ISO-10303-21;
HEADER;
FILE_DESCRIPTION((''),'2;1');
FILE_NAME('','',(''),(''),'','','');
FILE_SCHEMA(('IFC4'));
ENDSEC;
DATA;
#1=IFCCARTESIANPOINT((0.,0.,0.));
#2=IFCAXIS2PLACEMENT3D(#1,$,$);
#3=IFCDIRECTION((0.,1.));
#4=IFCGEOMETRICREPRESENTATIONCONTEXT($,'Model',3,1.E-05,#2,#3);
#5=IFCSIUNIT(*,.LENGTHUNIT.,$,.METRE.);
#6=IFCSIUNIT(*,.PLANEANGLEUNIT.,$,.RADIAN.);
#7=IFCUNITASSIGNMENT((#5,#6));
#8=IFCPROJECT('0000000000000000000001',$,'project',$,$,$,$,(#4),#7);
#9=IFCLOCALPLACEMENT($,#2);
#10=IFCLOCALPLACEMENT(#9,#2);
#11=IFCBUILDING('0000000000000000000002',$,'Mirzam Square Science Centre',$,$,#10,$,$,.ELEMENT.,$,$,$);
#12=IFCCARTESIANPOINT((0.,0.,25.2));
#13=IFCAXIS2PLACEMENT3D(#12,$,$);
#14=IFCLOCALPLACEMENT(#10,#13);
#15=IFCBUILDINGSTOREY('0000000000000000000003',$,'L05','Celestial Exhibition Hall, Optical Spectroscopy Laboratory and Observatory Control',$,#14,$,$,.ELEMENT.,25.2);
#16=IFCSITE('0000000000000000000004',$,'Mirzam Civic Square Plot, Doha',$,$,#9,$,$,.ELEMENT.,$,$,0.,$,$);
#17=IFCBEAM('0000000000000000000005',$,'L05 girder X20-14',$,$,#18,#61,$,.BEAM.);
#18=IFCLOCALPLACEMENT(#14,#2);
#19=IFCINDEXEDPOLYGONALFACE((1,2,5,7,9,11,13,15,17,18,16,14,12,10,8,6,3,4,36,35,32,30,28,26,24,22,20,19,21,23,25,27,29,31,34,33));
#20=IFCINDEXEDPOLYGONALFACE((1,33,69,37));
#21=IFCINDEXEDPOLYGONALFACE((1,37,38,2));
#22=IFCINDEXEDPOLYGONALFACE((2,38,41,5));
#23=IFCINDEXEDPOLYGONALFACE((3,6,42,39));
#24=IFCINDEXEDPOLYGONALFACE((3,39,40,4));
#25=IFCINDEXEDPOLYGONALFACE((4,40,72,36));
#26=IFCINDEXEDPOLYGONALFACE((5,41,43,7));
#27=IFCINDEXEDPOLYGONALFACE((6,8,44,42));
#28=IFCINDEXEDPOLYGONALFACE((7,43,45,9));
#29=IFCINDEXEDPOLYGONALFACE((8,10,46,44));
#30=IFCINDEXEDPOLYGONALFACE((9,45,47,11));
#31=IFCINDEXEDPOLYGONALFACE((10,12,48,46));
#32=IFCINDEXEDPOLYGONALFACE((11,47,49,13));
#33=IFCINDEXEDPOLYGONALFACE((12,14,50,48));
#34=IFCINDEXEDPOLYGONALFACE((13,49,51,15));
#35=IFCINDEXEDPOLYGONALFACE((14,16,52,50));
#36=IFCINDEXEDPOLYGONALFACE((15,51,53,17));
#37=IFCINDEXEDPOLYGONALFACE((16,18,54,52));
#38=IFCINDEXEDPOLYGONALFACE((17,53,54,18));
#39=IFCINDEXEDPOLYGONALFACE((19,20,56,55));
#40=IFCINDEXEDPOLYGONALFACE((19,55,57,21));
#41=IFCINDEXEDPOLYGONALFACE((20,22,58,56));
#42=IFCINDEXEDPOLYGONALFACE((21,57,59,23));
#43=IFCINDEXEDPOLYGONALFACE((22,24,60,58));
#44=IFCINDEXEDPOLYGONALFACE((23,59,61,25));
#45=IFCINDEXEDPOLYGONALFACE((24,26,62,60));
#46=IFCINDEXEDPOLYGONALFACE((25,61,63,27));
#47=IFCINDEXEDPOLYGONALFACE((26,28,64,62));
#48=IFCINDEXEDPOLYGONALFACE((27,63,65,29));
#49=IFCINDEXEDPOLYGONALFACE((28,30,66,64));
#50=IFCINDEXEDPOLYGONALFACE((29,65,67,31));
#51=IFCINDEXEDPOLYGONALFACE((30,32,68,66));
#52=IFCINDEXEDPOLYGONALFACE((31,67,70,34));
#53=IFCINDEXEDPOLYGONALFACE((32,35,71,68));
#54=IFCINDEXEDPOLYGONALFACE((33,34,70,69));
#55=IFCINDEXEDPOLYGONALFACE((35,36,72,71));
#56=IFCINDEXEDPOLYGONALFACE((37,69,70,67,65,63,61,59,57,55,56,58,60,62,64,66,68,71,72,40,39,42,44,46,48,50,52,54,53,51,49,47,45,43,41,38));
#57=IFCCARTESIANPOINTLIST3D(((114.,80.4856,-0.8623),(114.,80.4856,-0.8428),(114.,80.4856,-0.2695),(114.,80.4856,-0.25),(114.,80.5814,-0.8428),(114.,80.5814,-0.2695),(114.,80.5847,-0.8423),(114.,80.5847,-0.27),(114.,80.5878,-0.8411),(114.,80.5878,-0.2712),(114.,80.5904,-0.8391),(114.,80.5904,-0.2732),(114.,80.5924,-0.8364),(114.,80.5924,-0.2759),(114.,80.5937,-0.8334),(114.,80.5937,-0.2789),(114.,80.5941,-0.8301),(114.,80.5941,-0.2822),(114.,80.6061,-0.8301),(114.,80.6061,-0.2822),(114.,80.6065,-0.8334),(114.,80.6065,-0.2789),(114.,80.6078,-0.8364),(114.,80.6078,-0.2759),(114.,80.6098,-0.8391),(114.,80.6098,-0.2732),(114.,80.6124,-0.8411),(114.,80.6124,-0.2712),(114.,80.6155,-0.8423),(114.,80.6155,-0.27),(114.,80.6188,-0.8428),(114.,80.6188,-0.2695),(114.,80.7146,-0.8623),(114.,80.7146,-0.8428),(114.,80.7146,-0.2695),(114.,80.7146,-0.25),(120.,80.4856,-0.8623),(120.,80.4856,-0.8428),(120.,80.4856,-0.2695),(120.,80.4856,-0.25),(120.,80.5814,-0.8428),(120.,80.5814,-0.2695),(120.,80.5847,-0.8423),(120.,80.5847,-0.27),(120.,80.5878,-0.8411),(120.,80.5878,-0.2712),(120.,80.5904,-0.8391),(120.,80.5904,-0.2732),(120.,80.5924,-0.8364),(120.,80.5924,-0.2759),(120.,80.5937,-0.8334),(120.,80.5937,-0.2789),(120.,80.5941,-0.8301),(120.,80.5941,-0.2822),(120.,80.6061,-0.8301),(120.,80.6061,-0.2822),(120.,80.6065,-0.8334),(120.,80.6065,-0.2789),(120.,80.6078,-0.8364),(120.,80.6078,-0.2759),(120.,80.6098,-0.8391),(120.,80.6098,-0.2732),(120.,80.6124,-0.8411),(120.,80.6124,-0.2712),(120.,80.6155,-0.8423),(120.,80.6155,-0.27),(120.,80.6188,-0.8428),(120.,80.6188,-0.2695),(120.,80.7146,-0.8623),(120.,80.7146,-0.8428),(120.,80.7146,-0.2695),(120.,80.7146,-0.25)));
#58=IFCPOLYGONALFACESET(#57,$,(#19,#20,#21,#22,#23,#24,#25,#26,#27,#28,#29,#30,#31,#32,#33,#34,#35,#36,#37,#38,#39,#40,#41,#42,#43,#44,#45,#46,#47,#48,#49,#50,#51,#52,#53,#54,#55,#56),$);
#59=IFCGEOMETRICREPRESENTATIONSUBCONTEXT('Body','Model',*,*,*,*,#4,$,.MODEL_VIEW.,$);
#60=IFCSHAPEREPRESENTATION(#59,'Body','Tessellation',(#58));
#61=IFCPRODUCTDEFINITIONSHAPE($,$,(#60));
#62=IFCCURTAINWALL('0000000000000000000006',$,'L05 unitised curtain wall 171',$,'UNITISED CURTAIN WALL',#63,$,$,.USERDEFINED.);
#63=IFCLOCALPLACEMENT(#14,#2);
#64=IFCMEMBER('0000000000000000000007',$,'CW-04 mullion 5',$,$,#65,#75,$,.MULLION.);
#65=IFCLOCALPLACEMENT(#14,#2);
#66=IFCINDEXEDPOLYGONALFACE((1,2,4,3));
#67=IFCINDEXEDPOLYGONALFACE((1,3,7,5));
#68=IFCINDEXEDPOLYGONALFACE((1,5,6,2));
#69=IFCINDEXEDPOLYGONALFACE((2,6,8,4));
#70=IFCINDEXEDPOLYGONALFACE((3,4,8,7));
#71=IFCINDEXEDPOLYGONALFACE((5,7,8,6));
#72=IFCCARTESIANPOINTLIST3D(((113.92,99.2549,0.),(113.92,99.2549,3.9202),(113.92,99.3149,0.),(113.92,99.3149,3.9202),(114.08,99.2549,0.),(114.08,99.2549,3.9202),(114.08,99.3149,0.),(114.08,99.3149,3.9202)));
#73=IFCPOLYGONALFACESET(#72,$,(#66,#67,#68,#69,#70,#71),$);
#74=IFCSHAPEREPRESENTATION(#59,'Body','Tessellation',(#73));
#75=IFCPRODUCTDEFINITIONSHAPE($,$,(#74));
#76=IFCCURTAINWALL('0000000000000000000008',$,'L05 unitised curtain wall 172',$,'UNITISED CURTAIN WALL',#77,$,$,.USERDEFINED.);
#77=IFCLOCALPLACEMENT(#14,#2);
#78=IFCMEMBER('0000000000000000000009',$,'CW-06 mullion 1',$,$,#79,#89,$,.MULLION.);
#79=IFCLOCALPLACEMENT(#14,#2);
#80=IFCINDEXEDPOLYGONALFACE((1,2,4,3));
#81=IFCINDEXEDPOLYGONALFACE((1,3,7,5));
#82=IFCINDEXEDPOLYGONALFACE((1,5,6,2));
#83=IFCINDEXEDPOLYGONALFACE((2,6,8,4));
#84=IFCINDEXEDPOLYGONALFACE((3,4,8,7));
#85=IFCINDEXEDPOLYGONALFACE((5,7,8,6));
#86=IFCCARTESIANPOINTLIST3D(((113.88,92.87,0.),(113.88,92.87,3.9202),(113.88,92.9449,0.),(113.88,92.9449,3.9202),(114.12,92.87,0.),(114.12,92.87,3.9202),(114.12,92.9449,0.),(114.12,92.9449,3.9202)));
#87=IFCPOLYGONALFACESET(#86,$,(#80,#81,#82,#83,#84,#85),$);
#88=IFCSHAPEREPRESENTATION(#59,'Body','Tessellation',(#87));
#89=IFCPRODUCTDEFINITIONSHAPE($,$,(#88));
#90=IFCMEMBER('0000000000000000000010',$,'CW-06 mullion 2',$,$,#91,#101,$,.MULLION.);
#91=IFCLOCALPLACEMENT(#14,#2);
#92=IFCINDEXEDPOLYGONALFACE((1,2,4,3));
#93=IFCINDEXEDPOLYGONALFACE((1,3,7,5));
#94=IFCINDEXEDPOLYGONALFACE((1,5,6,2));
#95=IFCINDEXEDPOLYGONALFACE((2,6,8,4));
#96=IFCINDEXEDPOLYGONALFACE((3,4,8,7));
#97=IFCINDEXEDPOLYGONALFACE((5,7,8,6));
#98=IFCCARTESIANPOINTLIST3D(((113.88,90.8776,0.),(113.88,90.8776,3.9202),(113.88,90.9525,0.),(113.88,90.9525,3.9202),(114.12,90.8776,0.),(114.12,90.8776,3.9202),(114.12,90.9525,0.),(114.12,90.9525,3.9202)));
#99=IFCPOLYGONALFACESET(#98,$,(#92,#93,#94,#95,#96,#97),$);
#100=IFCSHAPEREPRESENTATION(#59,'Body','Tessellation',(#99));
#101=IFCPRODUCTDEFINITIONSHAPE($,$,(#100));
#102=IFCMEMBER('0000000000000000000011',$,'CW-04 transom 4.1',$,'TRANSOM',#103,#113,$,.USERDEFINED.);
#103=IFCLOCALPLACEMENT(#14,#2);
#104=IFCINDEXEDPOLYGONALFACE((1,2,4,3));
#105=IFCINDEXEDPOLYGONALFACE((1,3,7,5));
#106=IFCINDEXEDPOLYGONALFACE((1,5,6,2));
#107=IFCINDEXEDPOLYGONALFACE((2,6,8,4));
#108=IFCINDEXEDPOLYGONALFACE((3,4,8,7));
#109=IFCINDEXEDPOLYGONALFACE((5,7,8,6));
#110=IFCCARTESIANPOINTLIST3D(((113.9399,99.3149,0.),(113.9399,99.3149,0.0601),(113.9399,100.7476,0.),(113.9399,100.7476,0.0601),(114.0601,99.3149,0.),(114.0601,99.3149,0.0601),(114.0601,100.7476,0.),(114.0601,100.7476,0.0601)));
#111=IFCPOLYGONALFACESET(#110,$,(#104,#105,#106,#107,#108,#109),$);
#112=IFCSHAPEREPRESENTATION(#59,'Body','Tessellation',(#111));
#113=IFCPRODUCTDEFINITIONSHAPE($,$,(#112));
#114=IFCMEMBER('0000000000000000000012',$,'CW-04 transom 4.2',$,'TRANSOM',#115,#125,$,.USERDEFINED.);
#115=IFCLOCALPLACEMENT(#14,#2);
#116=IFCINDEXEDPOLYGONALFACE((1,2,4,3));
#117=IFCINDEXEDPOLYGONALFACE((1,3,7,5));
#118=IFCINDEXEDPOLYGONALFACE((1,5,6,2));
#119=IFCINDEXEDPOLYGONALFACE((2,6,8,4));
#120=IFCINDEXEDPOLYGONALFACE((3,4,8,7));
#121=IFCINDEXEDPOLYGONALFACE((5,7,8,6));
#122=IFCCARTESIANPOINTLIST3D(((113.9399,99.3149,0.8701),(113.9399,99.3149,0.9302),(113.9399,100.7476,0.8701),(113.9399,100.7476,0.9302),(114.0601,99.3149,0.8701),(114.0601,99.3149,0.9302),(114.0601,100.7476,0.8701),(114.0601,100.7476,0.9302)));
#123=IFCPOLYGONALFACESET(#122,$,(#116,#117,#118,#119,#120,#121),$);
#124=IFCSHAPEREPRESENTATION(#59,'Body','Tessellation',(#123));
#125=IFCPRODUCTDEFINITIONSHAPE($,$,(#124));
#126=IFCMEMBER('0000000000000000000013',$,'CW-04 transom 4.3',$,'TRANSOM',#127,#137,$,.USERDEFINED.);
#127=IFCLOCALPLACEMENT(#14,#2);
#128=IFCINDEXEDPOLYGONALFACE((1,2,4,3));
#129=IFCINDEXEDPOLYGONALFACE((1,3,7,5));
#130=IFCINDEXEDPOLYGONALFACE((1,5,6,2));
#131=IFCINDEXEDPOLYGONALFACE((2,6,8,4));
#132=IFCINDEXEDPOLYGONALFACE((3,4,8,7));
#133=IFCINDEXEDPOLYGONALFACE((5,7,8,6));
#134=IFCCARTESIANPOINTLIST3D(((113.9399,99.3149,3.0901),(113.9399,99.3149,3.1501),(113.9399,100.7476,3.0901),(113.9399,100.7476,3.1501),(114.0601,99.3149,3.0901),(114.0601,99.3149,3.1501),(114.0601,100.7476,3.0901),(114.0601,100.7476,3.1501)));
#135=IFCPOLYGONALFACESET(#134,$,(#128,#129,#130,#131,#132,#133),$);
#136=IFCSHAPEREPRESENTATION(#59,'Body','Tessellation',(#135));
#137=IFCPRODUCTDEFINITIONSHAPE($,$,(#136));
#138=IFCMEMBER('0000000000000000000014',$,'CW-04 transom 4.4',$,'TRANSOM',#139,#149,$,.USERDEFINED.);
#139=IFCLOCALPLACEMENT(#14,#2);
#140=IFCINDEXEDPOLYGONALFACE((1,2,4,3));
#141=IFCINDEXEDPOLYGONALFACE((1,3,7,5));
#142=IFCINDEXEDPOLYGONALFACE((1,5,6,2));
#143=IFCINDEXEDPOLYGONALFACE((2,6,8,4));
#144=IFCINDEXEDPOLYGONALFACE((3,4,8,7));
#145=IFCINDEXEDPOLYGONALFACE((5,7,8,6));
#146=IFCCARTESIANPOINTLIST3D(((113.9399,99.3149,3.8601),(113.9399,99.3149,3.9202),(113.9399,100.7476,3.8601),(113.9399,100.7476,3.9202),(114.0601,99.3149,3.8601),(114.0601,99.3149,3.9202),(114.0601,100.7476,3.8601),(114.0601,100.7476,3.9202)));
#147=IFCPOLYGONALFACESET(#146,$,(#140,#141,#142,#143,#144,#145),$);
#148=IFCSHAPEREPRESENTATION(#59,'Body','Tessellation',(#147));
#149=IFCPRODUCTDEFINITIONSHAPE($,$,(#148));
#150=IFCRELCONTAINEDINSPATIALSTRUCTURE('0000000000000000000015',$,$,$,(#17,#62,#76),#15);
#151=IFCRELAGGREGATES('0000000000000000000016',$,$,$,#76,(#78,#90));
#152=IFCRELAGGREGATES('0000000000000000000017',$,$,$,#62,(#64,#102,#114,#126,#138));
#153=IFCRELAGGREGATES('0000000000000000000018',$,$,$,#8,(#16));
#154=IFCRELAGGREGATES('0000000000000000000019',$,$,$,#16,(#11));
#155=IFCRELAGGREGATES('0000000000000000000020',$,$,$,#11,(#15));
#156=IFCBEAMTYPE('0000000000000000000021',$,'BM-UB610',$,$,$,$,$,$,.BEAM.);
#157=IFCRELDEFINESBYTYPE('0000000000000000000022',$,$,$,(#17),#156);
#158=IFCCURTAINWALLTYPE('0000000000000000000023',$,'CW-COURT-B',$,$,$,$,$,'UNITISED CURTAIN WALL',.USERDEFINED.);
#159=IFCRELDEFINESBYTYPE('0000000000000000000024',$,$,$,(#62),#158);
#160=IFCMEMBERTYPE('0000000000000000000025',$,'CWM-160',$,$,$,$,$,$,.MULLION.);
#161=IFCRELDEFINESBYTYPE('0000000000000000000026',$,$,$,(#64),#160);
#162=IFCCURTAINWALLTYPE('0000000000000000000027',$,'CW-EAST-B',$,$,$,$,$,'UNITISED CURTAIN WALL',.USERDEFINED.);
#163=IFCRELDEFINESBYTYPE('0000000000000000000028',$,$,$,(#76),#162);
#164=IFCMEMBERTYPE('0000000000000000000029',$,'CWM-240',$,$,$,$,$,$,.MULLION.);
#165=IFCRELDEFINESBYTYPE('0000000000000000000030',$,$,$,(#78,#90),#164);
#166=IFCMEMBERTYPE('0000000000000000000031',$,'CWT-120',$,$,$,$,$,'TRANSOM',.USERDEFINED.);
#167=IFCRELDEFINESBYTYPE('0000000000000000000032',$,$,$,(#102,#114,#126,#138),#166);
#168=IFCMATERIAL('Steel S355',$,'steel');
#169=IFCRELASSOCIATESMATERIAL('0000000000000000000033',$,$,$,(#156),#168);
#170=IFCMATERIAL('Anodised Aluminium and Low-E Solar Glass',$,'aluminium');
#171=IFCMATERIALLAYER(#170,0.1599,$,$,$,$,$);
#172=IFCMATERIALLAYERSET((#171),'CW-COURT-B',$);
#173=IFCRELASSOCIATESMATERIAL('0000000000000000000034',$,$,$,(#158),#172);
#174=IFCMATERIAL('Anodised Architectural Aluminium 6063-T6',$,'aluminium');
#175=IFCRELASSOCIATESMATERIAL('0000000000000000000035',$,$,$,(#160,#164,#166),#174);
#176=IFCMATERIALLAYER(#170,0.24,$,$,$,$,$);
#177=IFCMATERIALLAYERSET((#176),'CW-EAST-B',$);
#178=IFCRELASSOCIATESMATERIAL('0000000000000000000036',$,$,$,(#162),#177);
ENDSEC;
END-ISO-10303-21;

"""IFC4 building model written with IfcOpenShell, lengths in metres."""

from ifc_helpers import new_model, si_unit, direction, frame, origin, origin_2d, place, context, subcontext, project, spatial, rectangle, i_section, extrude, material, layer, layer_set, material_profile, profile_set, type_object, element, aggregate, save


model = new_model("IFC4")

# Units and contexts
model_context = context("Model", 3, precision=1e-05, world=origin(), true_north=direction((0.0, 1.0)))
body_context = subcontext(model_context, "Body", "Model", "MODEL_VIEW")
ifc_project = project(units=[si_unit("LENGTHUNIT", "METRE"), si_unit("PLANEANGLEUNIT", "RADIAN")], contexts=[model_context])

# Site, building, storey
site_placement = place(None, origin())
site = spatial("IfcSite", under=ifc_project, at=site_placement, Name="Mirzam Civic Square Plot, Doha", CompositionType="ELEMENT", RefElevation=0.0)
building_placement = place(site_placement, origin())
building = spatial("IfcBuilding", under=site, at=building_placement, Name="Mirzam Square Science Centre", CompositionType="ELEMENT")
storey_placement = place(building_placement, frame((0.0, 0.0, 25.2)))
storey = spatial("IfcBuildingStorey", under=building, at=storey_placement, Name="L05", Description="Celestial Exhibition Hall, Optical Spectroscopy Laboratory and Observatory Control", CompositionType="ELEMENT", Elevation=25.2)

# Shared definitions
ifc_material_1 = material(Name="Steel S355", Category="steel")

# Beam
ifc_material_profile_1 = material_profile(ifc_material_1, i_section(OverallWidth=0.229, OverallDepth=0.6123, WebThickness=0.012, FlangeThickness=0.0195, FilletRadius=0.0127, at=origin_2d()), Name="610x229x125UB")
ifc_profile_set_1 = profile_set([ifc_material_profile_1], Name="Steel S355")
beam_type_1 = type_object("IfcBeamType", Name="BM-UB610", PredefinedType="BEAM", material=ifc_profile_set_1)
beam_1_placement = place(storey_placement, frame((114.0, 80.6001, -0.5562), z_axis=(1.0, 0.0, 0.0), x_axis=(0.0, 1.0, 0.0)))
element("IfcBeam", 1, at=beam_1_placement, inside=storey, type_object=beam_type_1, Name="L05 girder X20-14", PredefinedType="BEAM", context=body_context, shape_type="SweptSolid", body=[
    extrude(i_section(OverallWidth=0.229, OverallDepth=0.6123, WebThickness=0.012, FlangeThickness=0.0195, FilletRadius=0.0127, at=origin_2d()), origin(), (0.0, 0.0, 1.0), 6.0),
])

# Curtain wall, member
ifc_material_2 = material(Name="Anodised Aluminium and Low-E Solar Glass", Category="aluminium")
ifc_layer_1 = layer(ifc_material_2, 0.1599)
ifc_layer_set_1 = layer_set([ifc_layer_1], Name="CW-COURT-B")
curtain_wall_type_1 = type_object("IfcCurtainWallType", Name="CW-COURT-B", ElementType="UNITISED CURTAIN WALL", PredefinedType="USERDEFINED", material=ifc_layer_set_1)
curtain_wall_1_placement = place(storey_placement, origin())
curtain_wall_1 = element("IfcCurtainWall", 2, at=curtain_wall_1_placement, inside=storey, type_object=curtain_wall_type_1, Name="L05 unitised curtain wall 171", ObjectType="UNITISED CURTAIN WALL", PredefinedType="USERDEFINED")
ifc_material_3 = material(Name="Anodised Architectural Aluminium 6063-T6", Category="aluminium")
ifc_material_profile_2 = material_profile(ifc_material_3, rectangle(XDim=0.0601, YDim=0.1599, at=origin_2d()), Name="ALU-MULL-160x60x4")
ifc_profile_set_2 = profile_set([ifc_material_profile_2], Name="Anodised Architectural Aluminium 6063-T6")
member_type_1 = type_object("IfcMemberType", Name="CWM-160", PredefinedType="MULLION", material=ifc_profile_set_2)
member_1_placement = place(storey_placement, frame((114.0, 99.2849, 0.0), z_axis=(0.0, 0.0, 1.0), x_axis=(0.0, -1.0, 0.0)))
member_1 = element("IfcMember", 3, at=member_1_placement, type_object=member_type_1, Name="CW-04 mullion 5", PredefinedType="MULLION", context=body_context, shape_type="SweptSolid", body=[
    extrude(rectangle(XDim=0.0601, YDim=0.1599, at=origin_2d()), origin(), (0.0, 0.0, 1.0), 3.9202),
])

# Curtain wall, members
ifc_layer_2 = layer(ifc_material_2, 0.24)
ifc_layer_set_2 = layer_set([ifc_layer_2], Name="CW-EAST-B")
curtain_wall_type_2 = type_object("IfcCurtainWallType", Name="CW-EAST-B", ElementType="UNITISED CURTAIN WALL", PredefinedType="USERDEFINED", material=ifc_layer_set_2)
curtain_wall_2_placement = place(storey_placement, origin())
curtain_wall_2 = element("IfcCurtainWall", 4, at=curtain_wall_2_placement, inside=storey, type_object=curtain_wall_type_2, Name="L05 unitised curtain wall 172", ObjectType="UNITISED CURTAIN WALL", PredefinedType="USERDEFINED")
ifc_material_profile_3 = material_profile(ifc_material_3, rectangle(XDim=0.075, YDim=0.24, at=origin_2d()), Name="ALU-MULL-240x75x5")
ifc_profile_set_3 = profile_set([ifc_material_profile_3], Name="Anodised Architectural Aluminium 6063-T6")
member_type_2 = type_object("IfcMemberType", Name="CWM-240", PredefinedType="MULLION", material=ifc_profile_set_3)
member_2_placement = place(storey_placement, frame((114.0, 92.9075, 0.0), z_axis=(0.0, 0.0, 1.0), x_axis=(0.0, -1.0, 0.0)))
member_2 = element("IfcMember", 5, at=member_2_placement, type_object=member_type_2, Name="CW-06 mullion 1", PredefinedType="MULLION", context=body_context, shape_type="SweptSolid", body=[
    extrude(rectangle(XDim=0.075, YDim=0.24, at=origin_2d()), origin(), (0.0, 0.0, 1.0), 3.9202),
])
member_3_placement = place(storey_placement, frame((114.0, 90.915, 0.0), z_axis=(0.0, 0.0, 1.0), x_axis=(0.0, -1.0, 0.0)))
member_3 = element("IfcMember", 6, at=member_3_placement, type_object=member_type_2, Name="CW-06 mullion 2", PredefinedType="MULLION", context=body_context, shape_type="SweptSolid", body=[
    extrude(rectangle(XDim=0.075, YDim=0.24, at=origin_2d()), origin(), (0.0, 0.0, 1.0), 3.9202),
])
aggregate(curtain_wall_2, [member_2, member_3])

# Members
ifc_material_profile_4 = material_profile(ifc_material_3, rectangle(XDim=0.1201, YDim=0.0601, at=origin_2d()), Name="ALU-TRAN-120x60x4")
ifc_profile_set_4 = profile_set([ifc_material_profile_4], Name="Anodised Architectural Aluminium 6063-T6")
member_type_3 = type_object("IfcMemberType", Name="CWT-120", ElementType="TRANSOM", PredefinedType="USERDEFINED", material=ifc_profile_set_4)
member_4_placement = place(storey_placement, frame((114.0, 100.7476, 0.03), z_axis=(0.0, -1.0, 0.0), x_axis=(1.0, 0.0, 0.0)))
member_4 = element("IfcMember", 7, at=member_4_placement, type_object=member_type_3, Name="CW-04 transom 4.1", ObjectType="TRANSOM", PredefinedType="USERDEFINED", context=body_context, shape_type="SweptSolid", body=[
    extrude(rectangle(XDim=0.1201, YDim=0.0601, at=origin_2d()), origin(), (0.0, 0.0, 1.0), 1.4326),
])
member_5_placement = place(storey_placement, frame((114.0, 100.7476, 0.9001), z_axis=(0.0, -1.0, 0.0), x_axis=(1.0, 0.0, 0.0)))
member_5 = element("IfcMember", 8, at=member_5_placement, type_object=member_type_3, Name="CW-04 transom 4.2", ObjectType="TRANSOM", PredefinedType="USERDEFINED", context=body_context, shape_type="SweptSolid", body=[
    extrude(rectangle(XDim=0.1201, YDim=0.0601, at=origin_2d()), origin(), (0.0, 0.0, 1.0), 1.4326),
])
member_6_placement = place(storey_placement, frame((114.0, 100.7476, 3.1201), z_axis=(0.0, -1.0, 0.0), x_axis=(1.0, 0.0, 0.0)))
member_6 = element("IfcMember", 9, at=member_6_placement, type_object=member_type_3, Name="CW-04 transom 4.3", ObjectType="TRANSOM", PredefinedType="USERDEFINED", context=body_context, shape_type="SweptSolid", body=[
    extrude(rectangle(XDim=0.1201, YDim=0.0601, at=origin_2d()), origin(), (0.0, 0.0, 1.0), 1.4326),
])
member_7_placement = place(storey_placement, frame((114.0, 100.7476, 3.8901), z_axis=(0.0, -1.0, 0.0), x_axis=(1.0, 0.0, 0.0)))
member_7 = element("IfcMember", 10, at=member_7_placement, type_object=member_type_3, Name="CW-04 transom 4.4", ObjectType="TRANSOM", PredefinedType="USERDEFINED", context=body_context, shape_type="SweptSolid", body=[
    extrude(rectangle(XDim=0.1201, YDim=0.0601, at=origin_2d()), origin(), (0.0, 0.0, 1.0), 1.4326),
])

aggregate(curtain_wall_1, [member_1, member_4, member_5, member_6, member_7])

save(model, "model.ifc")
